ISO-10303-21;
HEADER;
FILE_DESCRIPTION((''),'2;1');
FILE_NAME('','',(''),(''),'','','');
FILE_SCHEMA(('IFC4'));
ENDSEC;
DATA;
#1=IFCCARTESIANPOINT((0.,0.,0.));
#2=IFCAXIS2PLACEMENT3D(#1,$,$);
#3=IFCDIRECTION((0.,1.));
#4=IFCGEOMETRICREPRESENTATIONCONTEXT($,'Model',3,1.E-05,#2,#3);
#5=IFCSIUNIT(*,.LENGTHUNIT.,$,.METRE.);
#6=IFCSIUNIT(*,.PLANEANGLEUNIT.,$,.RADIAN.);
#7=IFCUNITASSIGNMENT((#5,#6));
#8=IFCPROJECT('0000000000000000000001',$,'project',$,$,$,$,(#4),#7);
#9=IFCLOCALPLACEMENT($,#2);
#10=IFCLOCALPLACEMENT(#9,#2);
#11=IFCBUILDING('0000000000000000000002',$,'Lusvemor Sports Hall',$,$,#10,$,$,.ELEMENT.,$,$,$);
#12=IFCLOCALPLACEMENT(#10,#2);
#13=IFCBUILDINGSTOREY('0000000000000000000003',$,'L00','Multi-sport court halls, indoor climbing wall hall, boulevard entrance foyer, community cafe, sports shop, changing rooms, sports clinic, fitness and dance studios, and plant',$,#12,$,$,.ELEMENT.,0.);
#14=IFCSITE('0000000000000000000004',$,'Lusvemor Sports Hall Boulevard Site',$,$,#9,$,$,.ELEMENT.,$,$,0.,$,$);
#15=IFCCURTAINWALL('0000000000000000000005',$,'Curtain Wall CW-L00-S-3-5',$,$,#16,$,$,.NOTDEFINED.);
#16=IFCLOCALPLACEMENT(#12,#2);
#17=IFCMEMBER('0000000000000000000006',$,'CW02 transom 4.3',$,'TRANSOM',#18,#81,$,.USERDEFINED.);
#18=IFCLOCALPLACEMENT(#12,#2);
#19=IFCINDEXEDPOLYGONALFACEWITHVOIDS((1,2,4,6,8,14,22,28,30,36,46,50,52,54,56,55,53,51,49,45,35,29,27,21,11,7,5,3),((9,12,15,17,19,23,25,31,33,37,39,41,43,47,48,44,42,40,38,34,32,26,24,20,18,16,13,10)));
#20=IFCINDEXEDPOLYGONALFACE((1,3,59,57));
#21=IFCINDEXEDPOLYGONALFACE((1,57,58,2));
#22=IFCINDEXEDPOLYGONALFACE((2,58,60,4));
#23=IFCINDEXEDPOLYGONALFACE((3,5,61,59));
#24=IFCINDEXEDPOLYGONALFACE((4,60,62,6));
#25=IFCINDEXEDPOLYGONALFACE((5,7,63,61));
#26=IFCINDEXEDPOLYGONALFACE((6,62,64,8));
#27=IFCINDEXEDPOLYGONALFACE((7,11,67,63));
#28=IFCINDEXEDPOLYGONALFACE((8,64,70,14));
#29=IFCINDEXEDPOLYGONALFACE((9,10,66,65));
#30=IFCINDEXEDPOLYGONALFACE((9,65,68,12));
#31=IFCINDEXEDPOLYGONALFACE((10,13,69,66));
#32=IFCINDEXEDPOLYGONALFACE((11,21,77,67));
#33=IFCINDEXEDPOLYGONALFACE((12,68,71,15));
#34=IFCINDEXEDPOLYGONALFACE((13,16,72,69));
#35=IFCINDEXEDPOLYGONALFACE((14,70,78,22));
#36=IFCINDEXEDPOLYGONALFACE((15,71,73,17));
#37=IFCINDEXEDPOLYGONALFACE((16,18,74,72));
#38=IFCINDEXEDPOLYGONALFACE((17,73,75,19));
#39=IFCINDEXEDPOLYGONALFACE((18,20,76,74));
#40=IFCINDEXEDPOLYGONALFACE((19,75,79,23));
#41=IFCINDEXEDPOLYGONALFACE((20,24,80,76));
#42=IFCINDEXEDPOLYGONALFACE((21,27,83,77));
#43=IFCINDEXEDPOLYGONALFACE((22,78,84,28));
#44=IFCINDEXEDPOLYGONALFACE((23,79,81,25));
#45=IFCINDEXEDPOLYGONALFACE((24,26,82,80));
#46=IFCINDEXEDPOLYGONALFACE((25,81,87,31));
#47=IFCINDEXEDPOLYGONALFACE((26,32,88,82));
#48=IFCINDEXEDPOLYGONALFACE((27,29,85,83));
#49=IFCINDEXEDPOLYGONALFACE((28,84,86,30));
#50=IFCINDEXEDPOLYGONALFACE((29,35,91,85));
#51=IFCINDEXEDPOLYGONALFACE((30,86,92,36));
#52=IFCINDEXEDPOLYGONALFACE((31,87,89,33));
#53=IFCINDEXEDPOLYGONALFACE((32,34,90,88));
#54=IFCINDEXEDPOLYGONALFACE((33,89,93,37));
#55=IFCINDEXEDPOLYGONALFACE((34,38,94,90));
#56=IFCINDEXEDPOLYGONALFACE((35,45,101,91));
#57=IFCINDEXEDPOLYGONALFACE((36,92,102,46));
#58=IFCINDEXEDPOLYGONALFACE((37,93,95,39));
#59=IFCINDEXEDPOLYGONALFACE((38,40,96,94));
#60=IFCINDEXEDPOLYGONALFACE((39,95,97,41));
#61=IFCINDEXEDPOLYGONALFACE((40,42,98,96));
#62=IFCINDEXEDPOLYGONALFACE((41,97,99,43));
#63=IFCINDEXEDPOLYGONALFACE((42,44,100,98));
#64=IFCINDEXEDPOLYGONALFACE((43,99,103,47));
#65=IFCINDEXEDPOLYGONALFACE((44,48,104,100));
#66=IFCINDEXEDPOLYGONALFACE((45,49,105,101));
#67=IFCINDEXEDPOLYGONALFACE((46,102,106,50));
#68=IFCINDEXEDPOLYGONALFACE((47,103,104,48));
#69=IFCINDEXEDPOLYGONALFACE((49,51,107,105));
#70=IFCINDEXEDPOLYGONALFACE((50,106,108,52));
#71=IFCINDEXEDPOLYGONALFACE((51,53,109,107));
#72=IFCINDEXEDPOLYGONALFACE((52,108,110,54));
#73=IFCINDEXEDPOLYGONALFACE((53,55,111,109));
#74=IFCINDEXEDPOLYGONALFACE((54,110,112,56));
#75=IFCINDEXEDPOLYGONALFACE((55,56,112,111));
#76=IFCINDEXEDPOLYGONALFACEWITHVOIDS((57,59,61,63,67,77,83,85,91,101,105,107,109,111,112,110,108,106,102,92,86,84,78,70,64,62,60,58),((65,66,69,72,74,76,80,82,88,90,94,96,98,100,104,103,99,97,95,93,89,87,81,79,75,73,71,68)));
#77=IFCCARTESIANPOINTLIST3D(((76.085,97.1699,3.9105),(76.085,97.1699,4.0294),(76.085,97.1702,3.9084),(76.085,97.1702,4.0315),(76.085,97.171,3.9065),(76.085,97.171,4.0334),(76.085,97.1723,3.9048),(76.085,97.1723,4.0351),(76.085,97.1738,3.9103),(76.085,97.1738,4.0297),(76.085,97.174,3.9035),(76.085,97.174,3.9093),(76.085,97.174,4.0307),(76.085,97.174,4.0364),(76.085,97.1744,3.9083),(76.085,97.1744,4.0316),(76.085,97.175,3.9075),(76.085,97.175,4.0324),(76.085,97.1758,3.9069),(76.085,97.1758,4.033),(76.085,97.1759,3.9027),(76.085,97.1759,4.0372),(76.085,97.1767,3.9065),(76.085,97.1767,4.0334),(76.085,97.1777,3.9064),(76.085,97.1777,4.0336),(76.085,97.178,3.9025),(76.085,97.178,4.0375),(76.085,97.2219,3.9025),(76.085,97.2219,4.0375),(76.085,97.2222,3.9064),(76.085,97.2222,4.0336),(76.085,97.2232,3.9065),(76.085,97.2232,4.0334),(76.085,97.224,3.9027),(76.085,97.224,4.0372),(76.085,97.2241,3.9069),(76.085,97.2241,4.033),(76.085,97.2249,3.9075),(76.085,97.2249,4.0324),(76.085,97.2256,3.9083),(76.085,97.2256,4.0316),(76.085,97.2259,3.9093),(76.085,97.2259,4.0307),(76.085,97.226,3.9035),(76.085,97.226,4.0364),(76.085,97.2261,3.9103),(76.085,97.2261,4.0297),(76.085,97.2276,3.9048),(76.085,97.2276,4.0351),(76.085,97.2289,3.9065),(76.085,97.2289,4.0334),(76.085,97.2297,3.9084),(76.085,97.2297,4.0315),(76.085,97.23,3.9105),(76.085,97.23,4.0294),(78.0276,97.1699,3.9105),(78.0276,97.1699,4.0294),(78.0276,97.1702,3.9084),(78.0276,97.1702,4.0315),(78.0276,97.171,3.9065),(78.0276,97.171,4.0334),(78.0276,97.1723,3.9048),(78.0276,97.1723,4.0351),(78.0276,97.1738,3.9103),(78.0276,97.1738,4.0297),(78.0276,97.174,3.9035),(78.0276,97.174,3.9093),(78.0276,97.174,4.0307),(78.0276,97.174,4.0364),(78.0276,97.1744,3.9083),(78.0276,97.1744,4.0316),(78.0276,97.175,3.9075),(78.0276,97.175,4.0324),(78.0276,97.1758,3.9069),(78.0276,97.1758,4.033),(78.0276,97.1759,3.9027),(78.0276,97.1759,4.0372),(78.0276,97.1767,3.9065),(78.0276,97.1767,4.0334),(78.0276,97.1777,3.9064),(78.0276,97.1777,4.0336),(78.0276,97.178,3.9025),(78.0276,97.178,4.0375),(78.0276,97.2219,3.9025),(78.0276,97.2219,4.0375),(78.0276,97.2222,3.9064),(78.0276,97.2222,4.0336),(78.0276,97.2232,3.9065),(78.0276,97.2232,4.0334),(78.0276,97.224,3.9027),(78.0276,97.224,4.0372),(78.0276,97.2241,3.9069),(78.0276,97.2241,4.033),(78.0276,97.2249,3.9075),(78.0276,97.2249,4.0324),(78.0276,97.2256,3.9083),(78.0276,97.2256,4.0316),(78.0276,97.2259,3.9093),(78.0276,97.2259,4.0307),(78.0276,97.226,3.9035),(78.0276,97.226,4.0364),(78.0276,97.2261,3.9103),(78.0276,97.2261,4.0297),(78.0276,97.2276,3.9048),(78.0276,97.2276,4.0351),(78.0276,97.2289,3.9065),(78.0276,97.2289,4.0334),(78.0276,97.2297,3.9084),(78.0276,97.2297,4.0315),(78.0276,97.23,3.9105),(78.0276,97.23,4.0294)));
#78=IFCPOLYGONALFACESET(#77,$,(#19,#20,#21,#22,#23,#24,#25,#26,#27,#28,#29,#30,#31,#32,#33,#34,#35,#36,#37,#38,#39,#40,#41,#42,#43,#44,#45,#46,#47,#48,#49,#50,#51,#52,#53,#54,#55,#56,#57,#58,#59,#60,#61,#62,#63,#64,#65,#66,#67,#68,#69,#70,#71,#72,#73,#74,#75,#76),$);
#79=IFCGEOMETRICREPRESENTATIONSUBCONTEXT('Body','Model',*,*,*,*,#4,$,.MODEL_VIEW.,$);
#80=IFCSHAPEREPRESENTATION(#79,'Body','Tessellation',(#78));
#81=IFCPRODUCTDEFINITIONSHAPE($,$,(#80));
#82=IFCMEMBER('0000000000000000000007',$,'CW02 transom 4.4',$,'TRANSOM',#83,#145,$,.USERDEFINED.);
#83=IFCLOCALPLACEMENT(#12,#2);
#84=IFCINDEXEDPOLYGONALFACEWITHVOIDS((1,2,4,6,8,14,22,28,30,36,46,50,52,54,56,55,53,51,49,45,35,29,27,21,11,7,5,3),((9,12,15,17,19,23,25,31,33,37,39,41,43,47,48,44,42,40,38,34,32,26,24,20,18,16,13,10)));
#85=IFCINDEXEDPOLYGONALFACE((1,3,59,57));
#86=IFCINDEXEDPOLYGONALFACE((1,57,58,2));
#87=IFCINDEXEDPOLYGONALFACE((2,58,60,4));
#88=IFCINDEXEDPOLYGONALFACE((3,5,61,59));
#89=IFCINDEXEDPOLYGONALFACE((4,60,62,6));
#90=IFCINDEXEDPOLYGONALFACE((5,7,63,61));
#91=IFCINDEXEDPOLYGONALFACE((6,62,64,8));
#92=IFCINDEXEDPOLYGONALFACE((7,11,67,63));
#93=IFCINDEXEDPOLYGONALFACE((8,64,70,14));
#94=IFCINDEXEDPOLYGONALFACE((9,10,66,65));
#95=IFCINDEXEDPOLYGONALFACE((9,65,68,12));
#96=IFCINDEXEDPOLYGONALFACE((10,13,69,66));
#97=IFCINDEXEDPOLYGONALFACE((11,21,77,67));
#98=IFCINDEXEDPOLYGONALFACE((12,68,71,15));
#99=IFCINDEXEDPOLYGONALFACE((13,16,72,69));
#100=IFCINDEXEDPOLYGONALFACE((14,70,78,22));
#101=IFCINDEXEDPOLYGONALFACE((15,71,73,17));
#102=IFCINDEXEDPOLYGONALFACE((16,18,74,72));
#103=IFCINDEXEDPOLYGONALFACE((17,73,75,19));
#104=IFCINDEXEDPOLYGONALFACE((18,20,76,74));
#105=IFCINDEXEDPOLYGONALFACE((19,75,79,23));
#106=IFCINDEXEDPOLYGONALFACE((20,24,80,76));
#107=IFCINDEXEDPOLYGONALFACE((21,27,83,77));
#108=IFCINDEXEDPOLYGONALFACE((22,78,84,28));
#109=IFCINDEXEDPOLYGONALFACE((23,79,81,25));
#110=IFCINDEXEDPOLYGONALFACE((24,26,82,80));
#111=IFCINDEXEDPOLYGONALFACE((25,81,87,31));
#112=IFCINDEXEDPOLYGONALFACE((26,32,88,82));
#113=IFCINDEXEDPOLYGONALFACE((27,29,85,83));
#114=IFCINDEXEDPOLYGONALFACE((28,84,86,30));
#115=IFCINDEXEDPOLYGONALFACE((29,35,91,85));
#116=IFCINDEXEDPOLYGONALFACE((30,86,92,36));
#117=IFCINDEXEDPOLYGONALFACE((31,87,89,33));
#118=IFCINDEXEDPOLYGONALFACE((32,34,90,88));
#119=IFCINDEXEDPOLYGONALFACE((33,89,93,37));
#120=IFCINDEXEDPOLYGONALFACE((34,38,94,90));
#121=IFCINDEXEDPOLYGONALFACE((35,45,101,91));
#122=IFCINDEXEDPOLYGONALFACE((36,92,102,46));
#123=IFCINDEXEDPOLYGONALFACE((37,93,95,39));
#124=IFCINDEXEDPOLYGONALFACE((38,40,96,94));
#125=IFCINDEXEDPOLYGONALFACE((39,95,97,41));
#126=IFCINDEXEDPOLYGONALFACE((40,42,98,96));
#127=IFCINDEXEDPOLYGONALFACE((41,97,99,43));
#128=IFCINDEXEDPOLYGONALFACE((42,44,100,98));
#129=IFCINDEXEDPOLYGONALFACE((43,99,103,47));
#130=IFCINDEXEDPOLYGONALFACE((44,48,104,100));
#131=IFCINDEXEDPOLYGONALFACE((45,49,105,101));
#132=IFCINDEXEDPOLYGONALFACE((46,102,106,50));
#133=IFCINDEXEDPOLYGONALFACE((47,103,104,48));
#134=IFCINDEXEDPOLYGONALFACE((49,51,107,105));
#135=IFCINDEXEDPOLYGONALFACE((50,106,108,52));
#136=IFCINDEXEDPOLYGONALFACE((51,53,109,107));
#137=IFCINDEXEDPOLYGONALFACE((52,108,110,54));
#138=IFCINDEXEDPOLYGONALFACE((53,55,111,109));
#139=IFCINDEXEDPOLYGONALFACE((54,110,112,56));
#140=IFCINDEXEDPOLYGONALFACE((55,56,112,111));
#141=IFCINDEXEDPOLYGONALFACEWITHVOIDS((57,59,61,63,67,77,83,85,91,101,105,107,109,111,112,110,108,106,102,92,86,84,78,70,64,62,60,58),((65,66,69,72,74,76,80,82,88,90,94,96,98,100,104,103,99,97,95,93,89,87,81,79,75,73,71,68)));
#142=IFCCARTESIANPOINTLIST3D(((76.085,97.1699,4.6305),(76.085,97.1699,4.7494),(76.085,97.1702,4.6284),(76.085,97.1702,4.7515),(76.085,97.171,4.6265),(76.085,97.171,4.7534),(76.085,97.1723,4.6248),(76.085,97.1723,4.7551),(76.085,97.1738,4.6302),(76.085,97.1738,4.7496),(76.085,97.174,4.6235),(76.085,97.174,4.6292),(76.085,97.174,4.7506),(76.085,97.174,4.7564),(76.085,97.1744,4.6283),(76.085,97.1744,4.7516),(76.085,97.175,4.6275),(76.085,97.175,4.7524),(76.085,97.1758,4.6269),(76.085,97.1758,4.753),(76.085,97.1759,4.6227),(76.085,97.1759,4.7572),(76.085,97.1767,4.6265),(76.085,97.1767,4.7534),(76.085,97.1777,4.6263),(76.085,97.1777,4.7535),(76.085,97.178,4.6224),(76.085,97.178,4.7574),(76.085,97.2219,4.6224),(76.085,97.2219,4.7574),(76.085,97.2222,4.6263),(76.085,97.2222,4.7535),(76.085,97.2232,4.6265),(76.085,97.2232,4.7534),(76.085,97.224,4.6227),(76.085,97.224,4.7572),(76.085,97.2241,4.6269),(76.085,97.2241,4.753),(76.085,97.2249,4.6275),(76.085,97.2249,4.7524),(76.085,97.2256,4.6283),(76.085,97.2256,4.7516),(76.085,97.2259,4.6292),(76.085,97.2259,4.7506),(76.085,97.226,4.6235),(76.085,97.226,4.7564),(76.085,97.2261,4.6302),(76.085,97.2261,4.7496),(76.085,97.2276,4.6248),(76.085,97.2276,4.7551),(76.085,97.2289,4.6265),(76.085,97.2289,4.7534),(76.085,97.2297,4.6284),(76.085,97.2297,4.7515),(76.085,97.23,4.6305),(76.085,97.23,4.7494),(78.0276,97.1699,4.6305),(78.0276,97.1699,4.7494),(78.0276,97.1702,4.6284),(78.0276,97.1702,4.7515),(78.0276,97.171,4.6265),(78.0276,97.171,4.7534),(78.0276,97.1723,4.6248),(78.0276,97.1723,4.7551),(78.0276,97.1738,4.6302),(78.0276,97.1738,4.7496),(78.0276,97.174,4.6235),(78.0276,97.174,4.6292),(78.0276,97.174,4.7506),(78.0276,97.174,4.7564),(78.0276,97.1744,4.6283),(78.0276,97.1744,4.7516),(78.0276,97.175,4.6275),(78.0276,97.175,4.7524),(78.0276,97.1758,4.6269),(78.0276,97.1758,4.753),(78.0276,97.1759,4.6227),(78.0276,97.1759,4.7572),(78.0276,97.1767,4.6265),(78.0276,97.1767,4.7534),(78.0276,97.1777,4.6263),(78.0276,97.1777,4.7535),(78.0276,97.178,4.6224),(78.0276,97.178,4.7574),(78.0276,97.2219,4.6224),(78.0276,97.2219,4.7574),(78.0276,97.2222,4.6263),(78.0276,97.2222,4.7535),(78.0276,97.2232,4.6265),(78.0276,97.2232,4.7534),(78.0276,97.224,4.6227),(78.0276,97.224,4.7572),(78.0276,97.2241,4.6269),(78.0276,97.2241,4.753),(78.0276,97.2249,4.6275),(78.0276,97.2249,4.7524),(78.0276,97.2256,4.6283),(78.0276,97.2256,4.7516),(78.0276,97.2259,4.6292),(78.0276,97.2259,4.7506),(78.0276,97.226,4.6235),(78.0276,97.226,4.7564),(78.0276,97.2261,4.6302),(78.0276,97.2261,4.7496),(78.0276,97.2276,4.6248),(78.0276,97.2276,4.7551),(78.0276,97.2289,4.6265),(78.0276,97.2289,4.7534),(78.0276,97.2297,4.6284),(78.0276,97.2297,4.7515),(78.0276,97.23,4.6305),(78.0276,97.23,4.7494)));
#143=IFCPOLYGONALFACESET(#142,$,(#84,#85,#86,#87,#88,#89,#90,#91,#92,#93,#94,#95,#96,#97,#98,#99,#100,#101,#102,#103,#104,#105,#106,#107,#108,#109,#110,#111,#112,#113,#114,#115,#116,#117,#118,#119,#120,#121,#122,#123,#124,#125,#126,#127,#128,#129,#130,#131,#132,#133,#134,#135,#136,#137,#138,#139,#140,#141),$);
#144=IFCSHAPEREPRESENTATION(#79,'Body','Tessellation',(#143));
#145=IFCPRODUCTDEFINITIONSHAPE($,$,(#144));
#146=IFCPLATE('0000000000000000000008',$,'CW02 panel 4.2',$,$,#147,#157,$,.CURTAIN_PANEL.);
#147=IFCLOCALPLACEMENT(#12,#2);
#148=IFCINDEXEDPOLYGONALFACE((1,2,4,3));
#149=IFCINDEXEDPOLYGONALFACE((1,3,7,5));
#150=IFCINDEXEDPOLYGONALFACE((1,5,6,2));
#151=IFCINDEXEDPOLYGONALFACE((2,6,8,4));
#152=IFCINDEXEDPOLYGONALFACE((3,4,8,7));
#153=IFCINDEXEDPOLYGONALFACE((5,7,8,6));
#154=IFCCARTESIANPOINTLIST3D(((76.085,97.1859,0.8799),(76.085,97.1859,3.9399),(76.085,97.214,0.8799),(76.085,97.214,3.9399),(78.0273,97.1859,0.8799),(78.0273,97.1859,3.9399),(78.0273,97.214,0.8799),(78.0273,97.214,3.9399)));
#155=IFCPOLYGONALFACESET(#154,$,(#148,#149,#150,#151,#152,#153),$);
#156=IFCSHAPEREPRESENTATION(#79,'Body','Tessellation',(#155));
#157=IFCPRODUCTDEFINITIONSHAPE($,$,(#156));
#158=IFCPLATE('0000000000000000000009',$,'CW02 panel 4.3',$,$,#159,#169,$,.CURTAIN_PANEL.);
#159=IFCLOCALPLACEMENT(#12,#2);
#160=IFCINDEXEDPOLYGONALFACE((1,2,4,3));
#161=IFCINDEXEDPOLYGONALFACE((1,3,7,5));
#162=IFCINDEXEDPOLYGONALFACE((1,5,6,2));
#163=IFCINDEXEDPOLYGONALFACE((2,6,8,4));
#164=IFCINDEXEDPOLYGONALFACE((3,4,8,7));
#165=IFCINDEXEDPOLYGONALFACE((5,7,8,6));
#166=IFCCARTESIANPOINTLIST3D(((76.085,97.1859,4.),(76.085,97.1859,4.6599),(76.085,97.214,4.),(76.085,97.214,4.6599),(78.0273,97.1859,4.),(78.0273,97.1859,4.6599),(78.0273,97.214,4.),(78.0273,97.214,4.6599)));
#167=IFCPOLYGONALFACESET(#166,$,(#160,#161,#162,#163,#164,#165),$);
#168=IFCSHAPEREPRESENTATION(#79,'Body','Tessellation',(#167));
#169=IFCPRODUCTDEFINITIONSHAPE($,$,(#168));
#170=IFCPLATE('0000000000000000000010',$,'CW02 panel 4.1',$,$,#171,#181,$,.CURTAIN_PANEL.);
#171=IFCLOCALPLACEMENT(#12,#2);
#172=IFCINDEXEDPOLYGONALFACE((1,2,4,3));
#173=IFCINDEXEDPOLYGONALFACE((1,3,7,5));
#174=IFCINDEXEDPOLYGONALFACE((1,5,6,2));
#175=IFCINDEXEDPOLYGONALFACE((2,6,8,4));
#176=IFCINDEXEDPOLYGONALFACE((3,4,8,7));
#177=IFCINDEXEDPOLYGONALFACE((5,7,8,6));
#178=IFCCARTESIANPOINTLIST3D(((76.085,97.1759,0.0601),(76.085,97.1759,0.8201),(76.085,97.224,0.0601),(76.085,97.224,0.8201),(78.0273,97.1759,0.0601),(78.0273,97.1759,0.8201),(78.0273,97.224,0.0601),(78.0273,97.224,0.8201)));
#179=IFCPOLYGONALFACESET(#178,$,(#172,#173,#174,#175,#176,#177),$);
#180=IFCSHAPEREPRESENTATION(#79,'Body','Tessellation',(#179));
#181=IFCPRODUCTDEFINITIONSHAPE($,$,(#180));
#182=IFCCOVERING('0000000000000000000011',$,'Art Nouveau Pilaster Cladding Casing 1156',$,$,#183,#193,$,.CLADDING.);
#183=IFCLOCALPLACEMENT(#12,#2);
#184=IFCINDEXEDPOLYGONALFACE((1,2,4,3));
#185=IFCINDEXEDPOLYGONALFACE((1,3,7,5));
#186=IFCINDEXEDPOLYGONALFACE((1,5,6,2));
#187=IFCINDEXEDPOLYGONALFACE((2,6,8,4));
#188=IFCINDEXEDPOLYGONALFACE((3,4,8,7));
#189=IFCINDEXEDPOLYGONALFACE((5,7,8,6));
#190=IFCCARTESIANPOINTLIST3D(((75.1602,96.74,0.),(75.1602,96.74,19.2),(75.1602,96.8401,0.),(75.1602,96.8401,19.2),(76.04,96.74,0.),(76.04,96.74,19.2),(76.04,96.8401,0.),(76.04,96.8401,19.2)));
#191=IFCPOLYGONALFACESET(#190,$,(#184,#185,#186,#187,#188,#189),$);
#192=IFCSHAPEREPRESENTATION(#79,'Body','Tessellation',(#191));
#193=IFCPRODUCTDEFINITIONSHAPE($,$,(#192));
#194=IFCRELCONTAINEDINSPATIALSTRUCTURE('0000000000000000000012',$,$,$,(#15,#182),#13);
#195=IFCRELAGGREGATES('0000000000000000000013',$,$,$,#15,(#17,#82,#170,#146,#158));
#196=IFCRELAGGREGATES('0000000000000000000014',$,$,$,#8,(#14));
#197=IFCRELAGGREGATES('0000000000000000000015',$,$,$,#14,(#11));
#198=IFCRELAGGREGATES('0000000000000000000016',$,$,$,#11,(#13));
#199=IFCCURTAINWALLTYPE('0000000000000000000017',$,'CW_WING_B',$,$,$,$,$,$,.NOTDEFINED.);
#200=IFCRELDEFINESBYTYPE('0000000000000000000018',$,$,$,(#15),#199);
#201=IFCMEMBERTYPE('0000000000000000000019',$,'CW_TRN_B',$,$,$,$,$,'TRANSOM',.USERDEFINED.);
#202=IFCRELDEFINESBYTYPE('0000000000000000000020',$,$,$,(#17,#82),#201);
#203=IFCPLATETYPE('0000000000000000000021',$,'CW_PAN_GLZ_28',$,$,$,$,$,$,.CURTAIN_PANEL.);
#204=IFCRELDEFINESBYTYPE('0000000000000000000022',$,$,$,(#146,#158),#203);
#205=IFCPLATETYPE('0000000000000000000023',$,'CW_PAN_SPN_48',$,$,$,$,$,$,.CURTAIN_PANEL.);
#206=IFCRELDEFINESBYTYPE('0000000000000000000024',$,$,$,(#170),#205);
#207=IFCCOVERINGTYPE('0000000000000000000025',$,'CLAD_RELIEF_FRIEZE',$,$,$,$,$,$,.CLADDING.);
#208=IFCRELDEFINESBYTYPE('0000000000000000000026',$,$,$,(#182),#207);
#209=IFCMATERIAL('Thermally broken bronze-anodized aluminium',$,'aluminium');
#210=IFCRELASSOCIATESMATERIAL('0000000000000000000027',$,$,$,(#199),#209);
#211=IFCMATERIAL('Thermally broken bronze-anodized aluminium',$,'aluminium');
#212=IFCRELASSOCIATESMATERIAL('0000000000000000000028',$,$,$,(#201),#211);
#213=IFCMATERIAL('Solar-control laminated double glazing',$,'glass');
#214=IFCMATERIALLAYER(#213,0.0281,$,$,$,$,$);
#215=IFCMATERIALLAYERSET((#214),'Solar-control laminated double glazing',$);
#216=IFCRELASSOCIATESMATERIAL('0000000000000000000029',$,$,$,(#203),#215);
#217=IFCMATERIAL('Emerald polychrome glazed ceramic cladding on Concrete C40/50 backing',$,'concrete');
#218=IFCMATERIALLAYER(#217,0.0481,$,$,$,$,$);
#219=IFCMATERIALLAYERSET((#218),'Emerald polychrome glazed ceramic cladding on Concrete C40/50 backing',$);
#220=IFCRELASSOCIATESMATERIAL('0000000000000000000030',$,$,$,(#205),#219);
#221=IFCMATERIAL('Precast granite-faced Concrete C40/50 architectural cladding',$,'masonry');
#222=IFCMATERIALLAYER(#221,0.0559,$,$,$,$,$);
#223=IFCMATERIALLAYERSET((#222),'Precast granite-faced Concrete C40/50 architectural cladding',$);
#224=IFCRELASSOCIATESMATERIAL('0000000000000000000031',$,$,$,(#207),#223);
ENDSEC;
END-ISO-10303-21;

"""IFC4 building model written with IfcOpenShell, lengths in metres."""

from ifc_helpers import new_model, si_unit, direction, frame, origin, origin_2d, place, context, subcontext, project, spatial, rectangle, hollow_rectangle, extrude, material, layer, layer_set, material_profile, profile_set, type_object, element, aggregate, save


model = new_model("IFC4")

# Units and contexts
model_context = context("Model", 3, precision=1e-05, world=origin(), true_north=direction((0.0, 1.0)))
body_context = subcontext(model_context, "Body", "Model", "MODEL_VIEW")
ifc_project = project(units=[si_unit("LENGTHUNIT", "METRE"), si_unit("PLANEANGLEUNIT", "RADIAN")], contexts=[model_context])

# Site, building, storey
site_placement = place(None, origin())
site = spatial("IfcSite", under=ifc_project, at=site_placement, Name="Lusvemor Sports Hall Boulevard Site", CompositionType="ELEMENT", RefElevation=0.0)
building_placement = place(site_placement, origin())
building = spatial("IfcBuilding", under=site, at=building_placement, Name="Lusvemor Sports Hall", CompositionType="ELEMENT")
storey_placement = place(building_placement, origin())
storey = spatial("IfcBuildingStorey", under=building, at=storey_placement, Name="L00", Description="Multi-sport court halls, indoor climbing wall hall, boulevard entrance foyer, community cafe, sports shop, changing rooms, sports clinic, fitness and dance studios, and plant", CompositionType="ELEMENT", Elevation=0.0)

# Curtain wall, members, plates
ifc_material_1 = material(Name="Thermally broken bronze-anodized aluminium", Category="aluminium")
curtain_wall_type = type_object("IfcCurtainWallType", Name="CW_WING_B", PredefinedType="NOTDEFINED", material=ifc_material_1)
curtain_wall_placement = place(storey_placement, origin())
curtain_wall = element("IfcCurtainWall", 1, at=curtain_wall_placement, inside=storey, type_object=curtain_wall_type, Name="Curtain Wall CW-L00-S-3-5", PredefinedType="NOTDEFINED")
ifc_material_2 = material(Name="Thermally broken bronze-anodized aluminium", Category="aluminium")
ifc_material_profile_1 = material_profile(ifc_material_2, hollow_rectangle(XDim=0.0601, YDim=0.135, WallThickness=0.0039, InnerFilletRadius=0.0039, OuterFilletRadius=0.0081, at=origin_2d()), Name="CWTRN135x60x4")
ifc_profile_set_1 = profile_set([ifc_material_profile_1], Name="Thermally broken bronze-anodized aluminium")
member_type_1 = type_object("IfcMemberType", Name="CW_TRN_B", ElementType="TRANSOM", PredefinedType="USERDEFINED", material=ifc_profile_set_1)
member_1_placement = place(storey_placement, frame((78.0276, 97.2, 3.97), z_axis=(-1.0, 0.0, 0.0), x_axis=(0.0, -1.0, 0.0)))
member_1 = element("IfcMember", 2, at=member_1_placement, type_object=member_type_1, Name="CW02 transom 4.3", ObjectType="TRANSOM", PredefinedType="USERDEFINED", context=body_context, shape_type="SweptSolid", body=[
    extrude(hollow_rectangle(XDim=0.0601, YDim=0.135, WallThickness=0.0039, InnerFilletRadius=0.0039, OuterFilletRadius=0.0081, at=origin_2d()), origin(), (0.0, 0.0, 1.0), 1.9426),
])
member_2_placement = place(storey_placement, frame((78.0276, 97.2, 4.6899), z_axis=(-1.0, 0.0, 0.0), x_axis=(0.0, -1.0, 0.0)))
member_2 = element("IfcMember", 3, at=member_2_placement, type_object=member_type_1, Name="CW02 transom 4.4", ObjectType="TRANSOM", PredefinedType="USERDEFINED", context=body_context, shape_type="SweptSolid", body=[
    extrude(hollow_rectangle(XDim=0.0601, YDim=0.135, WallThickness=0.0039, InnerFilletRadius=0.0039, OuterFilletRadius=0.0081, at=origin_2d()), origin(), (0.0, 0.0, 1.0), 1.9426),
])
ifc_material_3 = material(Name="Solar-control laminated double glazing", Category="glass")
ifc_layer_1 = layer(ifc_material_3, 0.0281)
ifc_layer_set_1 = layer_set([ifc_layer_1], Name="Solar-control laminated double glazing")
plate_type_1 = type_object("IfcPlateType", Name="CW_PAN_GLZ_28", PredefinedType="CURTAIN_PANEL", material=ifc_layer_set_1)
plate_1_placement = place(storey_placement, frame((77.0562, 97.2, 0.8799), z_axis=(0.0, 0.0, 1.0), x_axis=(-1.0, 0.0, 0.0)))
plate_1 = element("IfcPlate", 4, at=plate_1_placement, type_object=plate_type_1, Name="CW02 panel 4.2", PredefinedType="CURTAIN_PANEL", context=body_context, shape_type="SweptSolid", body=[
    extrude(rectangle(XDim=1.9424, YDim=0.0281, at=origin_2d()), origin(), (0.0, 0.0, 1.0), 3.0601),
])
plate_2_placement = place(storey_placement, frame((77.0562, 97.2, 4.0), z_axis=(0.0, 0.0, 1.0), x_axis=(-1.0, 0.0, 0.0)))
plate_2 = element("IfcPlate", 5, at=plate_2_placement, type_object=plate_type_1, Name="CW02 panel 4.3", PredefinedType="CURTAIN_PANEL", context=body_context, shape_type="SweptSolid", body=[
    extrude(rectangle(XDim=1.9424, YDim=0.0281, at=origin_2d()), origin(), (0.0, 0.0, 1.0), 0.6599),
])
ifc_material_4 = material(Name="Emerald polychrome glazed ceramic cladding on Concrete C40/50 backing", Category="concrete")
ifc_layer_2 = layer(ifc_material_4, 0.0481)
ifc_layer_set_2 = layer_set([ifc_layer_2], Name="Emerald polychrome glazed ceramic cladding on Concrete C40/50 backing")
plate_type_2 = type_object("IfcPlateType", Name="CW_PAN_SPN_48", PredefinedType="CURTAIN_PANEL", material=ifc_layer_set_2)
plate_3_placement = place(storey_placement, frame((77.0562, 97.2, 0.0601), z_axis=(0.0, 0.0, 1.0), x_axis=(-1.0, 0.0, 0.0)))
plate_3 = element("IfcPlate", 6, at=plate_3_placement, type_object=plate_type_2, Name="CW02 panel 4.1", PredefinedType="CURTAIN_PANEL", context=body_context, shape_type="SweptSolid", body=[
    extrude(rectangle(XDim=1.9424, YDim=0.0481, at=origin_2d()), origin(), (0.0, 0.0, 1.0), 0.76),
])
aggregate(curtain_wall, [member_1, member_2, plate_3, plate_1, plate_2])

# Covering
ifc_material_5 = material(Name="Precast granite-faced Concrete C40/50 architectural cladding", Category="masonry")
ifc_layer_3 = layer(ifc_material_5, 0.0559)
ifc_layer_set_3 = layer_set([ifc_layer_3], Name="Precast granite-faced Concrete C40/50 architectural cladding")
covering_type_1 = type_object("IfcCoveringType", Name="CLAD_RELIEF_FRIEZE", PredefinedType="CLADDING", material=ifc_layer_set_3)
covering_1_placement = place(storey_placement, frame((75.6001, 96.79, 0.0), z_axis=(0.0, 0.0, 1.0), x_axis=(1.0, 0.0, 0.0)))
element("IfcCovering", 7, at=covering_1_placement, inside=storey, type_object=covering_type_1, Name="Art Nouveau Pilaster Cladding Casing 1156", PredefinedType="CLADDING", context=body_context, shape_type="SweptSolid", body=[
    extrude(rectangle(XDim=0.8799, YDim=0.1001, at=origin_2d()), origin(), (0.0, 0.0, 1.0), 19.2),
])

save(model, "model.ifc")
